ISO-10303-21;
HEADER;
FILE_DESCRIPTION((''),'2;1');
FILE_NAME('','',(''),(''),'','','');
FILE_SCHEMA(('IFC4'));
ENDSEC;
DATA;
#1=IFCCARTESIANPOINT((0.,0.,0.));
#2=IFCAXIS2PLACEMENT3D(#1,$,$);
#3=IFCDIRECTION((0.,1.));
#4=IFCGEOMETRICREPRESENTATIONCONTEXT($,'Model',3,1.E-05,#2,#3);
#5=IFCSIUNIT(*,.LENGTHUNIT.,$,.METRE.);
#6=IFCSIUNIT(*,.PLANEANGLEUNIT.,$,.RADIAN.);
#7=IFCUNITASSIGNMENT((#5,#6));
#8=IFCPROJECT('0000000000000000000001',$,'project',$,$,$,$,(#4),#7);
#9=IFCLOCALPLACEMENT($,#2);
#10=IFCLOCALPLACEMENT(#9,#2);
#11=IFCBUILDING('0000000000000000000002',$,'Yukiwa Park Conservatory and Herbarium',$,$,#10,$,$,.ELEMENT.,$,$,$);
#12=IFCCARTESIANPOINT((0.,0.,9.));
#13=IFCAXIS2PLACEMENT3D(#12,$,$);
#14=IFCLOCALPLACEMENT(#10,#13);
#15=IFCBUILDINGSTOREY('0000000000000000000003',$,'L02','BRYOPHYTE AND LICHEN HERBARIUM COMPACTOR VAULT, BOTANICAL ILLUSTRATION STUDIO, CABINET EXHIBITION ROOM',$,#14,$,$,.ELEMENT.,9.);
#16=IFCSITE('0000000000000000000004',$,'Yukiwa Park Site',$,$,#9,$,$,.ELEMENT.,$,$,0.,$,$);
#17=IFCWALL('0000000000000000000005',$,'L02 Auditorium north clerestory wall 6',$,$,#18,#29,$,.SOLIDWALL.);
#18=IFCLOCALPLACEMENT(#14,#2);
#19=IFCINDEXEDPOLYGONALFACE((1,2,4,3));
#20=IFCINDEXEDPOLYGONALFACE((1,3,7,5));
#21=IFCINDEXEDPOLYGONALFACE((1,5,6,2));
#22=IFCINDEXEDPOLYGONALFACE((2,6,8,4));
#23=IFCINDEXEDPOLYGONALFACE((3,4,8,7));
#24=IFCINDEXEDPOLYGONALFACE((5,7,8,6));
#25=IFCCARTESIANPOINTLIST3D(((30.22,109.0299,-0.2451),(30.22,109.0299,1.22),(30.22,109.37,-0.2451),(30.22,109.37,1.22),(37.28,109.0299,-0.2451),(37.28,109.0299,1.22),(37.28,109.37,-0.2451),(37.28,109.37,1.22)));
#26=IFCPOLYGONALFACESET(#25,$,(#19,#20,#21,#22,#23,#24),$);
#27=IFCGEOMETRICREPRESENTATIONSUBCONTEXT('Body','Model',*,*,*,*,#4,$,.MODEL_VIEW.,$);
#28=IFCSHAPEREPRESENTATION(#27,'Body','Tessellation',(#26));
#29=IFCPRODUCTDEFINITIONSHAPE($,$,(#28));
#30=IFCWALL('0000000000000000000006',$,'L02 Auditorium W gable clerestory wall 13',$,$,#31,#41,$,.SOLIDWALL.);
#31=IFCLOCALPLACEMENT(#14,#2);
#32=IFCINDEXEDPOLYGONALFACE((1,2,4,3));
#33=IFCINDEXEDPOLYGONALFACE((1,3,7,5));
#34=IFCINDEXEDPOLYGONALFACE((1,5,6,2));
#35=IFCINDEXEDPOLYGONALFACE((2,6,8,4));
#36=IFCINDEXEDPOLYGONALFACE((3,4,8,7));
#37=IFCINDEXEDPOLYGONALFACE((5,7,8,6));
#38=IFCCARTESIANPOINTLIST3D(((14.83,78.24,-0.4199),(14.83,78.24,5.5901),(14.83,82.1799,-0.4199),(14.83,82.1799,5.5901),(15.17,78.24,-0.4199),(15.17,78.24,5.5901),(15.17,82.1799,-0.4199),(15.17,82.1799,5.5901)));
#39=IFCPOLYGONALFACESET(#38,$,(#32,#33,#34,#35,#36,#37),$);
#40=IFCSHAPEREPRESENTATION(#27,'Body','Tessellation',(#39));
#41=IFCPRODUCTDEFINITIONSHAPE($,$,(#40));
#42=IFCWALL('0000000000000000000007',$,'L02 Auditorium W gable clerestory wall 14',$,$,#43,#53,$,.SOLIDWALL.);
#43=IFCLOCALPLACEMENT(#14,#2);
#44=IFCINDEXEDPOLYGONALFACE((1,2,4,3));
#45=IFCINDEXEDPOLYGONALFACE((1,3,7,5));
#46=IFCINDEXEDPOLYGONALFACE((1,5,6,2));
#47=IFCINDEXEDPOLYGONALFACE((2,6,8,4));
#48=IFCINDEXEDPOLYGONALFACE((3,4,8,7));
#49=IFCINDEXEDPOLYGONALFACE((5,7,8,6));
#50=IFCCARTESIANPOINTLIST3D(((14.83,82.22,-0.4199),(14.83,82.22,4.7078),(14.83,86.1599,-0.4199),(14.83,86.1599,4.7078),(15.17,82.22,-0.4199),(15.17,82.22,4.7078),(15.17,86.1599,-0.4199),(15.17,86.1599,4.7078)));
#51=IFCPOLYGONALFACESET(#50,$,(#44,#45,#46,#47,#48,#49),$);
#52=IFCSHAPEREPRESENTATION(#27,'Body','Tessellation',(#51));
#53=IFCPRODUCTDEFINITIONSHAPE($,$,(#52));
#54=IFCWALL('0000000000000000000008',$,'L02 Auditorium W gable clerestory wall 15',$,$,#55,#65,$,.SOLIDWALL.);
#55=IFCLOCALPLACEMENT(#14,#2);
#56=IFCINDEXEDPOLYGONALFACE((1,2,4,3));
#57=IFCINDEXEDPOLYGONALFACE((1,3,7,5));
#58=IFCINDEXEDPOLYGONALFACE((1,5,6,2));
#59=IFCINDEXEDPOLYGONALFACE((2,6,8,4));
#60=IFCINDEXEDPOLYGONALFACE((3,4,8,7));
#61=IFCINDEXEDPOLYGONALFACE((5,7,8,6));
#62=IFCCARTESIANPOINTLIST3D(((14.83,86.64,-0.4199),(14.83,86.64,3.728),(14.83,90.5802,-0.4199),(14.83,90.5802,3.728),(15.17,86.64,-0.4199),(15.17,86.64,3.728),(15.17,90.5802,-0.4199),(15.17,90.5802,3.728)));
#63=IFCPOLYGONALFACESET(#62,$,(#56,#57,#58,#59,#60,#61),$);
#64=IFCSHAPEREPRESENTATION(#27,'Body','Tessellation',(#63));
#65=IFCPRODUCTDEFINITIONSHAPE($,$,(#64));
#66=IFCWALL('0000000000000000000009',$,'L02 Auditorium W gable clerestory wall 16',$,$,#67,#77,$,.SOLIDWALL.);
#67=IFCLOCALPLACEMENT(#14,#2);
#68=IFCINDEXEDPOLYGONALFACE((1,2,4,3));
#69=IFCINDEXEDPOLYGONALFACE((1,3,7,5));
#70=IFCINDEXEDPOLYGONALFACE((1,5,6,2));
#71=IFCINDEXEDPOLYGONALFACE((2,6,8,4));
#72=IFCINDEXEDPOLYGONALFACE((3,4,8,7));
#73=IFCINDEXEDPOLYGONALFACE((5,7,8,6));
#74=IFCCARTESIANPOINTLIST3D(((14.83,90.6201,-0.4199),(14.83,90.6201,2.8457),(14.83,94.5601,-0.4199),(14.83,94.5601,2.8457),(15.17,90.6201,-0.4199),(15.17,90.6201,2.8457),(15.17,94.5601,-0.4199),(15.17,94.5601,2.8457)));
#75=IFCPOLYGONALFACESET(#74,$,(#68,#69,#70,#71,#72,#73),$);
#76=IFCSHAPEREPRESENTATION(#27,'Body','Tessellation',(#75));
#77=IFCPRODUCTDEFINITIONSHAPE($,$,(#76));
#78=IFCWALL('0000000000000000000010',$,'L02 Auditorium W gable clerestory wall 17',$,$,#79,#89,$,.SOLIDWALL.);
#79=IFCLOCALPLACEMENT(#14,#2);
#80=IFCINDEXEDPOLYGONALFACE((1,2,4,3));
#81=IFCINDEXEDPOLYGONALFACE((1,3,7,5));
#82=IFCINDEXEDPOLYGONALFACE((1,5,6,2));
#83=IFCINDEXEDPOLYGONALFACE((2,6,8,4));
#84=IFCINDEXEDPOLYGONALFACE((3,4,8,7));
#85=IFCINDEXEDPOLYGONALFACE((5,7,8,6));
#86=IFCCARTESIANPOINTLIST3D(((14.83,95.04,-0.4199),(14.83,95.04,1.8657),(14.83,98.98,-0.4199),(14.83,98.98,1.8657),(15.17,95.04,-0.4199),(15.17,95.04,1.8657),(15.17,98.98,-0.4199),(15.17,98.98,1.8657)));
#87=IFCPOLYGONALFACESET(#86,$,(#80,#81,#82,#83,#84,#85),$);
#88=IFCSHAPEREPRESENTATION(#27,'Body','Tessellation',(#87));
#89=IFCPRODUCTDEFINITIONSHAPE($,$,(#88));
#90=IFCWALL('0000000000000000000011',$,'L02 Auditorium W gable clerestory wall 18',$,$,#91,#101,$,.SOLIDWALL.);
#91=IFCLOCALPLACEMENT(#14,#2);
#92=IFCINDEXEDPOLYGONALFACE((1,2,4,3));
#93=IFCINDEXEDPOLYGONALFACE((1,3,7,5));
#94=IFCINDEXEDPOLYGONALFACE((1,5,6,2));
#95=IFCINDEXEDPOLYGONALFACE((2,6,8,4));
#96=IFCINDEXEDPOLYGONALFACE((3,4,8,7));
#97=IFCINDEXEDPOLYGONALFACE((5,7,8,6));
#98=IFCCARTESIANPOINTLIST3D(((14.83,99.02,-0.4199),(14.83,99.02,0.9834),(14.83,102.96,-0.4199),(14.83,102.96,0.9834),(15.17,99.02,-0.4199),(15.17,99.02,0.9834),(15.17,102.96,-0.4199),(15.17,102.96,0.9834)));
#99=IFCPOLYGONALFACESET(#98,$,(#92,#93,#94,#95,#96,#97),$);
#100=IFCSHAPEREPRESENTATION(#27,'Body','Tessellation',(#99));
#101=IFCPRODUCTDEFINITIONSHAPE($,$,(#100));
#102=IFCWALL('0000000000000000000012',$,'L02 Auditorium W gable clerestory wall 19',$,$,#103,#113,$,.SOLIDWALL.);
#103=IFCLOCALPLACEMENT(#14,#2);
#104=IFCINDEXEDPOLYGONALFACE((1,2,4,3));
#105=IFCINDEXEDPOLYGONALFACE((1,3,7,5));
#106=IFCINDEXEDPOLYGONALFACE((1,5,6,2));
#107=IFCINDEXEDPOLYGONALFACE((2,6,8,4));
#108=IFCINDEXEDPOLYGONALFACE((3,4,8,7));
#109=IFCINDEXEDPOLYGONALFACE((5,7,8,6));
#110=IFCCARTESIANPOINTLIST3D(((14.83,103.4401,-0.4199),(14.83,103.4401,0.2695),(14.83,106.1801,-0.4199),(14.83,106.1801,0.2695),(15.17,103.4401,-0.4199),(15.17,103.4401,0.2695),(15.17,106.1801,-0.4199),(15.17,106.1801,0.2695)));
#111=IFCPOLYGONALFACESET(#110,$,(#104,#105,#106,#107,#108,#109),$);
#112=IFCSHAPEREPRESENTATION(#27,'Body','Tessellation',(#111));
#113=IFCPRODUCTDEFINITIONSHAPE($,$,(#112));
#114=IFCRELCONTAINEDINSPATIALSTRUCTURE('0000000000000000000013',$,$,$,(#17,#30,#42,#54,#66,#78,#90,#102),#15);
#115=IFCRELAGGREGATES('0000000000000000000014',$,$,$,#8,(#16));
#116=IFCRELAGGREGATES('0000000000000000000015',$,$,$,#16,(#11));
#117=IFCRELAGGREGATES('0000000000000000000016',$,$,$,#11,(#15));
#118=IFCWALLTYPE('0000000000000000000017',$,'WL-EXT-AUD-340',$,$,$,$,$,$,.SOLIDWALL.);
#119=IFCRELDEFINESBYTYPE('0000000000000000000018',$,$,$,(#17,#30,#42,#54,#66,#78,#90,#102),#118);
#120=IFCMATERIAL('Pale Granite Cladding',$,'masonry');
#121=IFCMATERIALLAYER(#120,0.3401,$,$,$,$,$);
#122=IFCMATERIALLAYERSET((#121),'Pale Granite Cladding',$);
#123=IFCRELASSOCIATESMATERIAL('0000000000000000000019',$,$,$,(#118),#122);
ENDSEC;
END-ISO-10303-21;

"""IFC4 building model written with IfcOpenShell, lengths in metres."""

from ifc_helpers import new_model, si_unit, direction, frame, frame_2d, origin, place, context, subcontext, project, spatial, rectangle, extrude, material, layer, layer_set, type_object, element, save


model = new_model("IFC4")

# Units and contexts
model_context = context("Model", 3, precision=1e-05, world=origin(), true_north=direction((0.0, 1.0)))
body_context = subcontext(model_context, "Body", "Model", "MODEL_VIEW")
ifc_project = project(units=[si_unit("LENGTHUNIT", "METRE"), si_unit("PLANEANGLEUNIT", "RADIAN")], contexts=[model_context])

# Site, building, storey
site_placement = place(None, origin())
site = spatial("IfcSite", under=ifc_project, at=site_placement, Name="Yukiwa Park Site", CompositionType="ELEMENT", RefElevation=0.0)
building_placement = place(site_placement, origin())
building = spatial("IfcBuilding", under=site, at=building_placement, Name="Yukiwa Park Conservatory and Herbarium", CompositionType="ELEMENT")
storey_placement = place(building_placement, frame((0.0, 0.0, 9.0)))
storey = spatial("IfcBuildingStorey", under=building, at=storey_placement, Name="L02", Description="BRYOPHYTE AND LICHEN HERBARIUM COMPACTOR VAULT, BOTANICAL ILLUSTRATION STUDIO, CABINET EXHIBITION ROOM", CompositionType="ELEMENT", Elevation=9.0)

# Walls
ifc_material_1 = material(Name="Pale Granite Cladding", Category="masonry")
ifc_layer = layer(ifc_material_1, 0.3401)
ifc_layer_set = layer_set([ifc_layer], Name="Pale Granite Cladding")
wall_type = type_object("IfcWallType", Name="WL-EXT-AUD-340", PredefinedType="SOLIDWALL", material=ifc_layer_set)
wall_1_placement = place(storey_placement, frame((37.28, 109.2, -0.2451), z_axis=(0.0, 0.0, 1.0), x_axis=(-1.0, 0.0, 0.0)))
element("IfcWall", 1, at=wall_1_placement, inside=storey, type_object=wall_type, Name="L02 Auditorium north clerestory wall 6", PredefinedType="SOLIDWALL", context=body_context, shape_type="SweptSolid", body=[
    extrude(rectangle(XDim=7.0601, YDim=0.3401, at=frame_2d((3.53, 0.0))), origin(), (0.0, 0.0, 1.0), 1.4651),
])
wall_2_placement = place(storey_placement, frame((15.0, 78.24, -0.4199), z_axis=(0.0, 0.0, 1.0), x_axis=(0.0, 1.0, 0.0)))
element("IfcWall", 2, at=wall_2_placement, inside=storey, type_object=wall_type, Name="L02 Auditorium W gable clerestory wall 13", PredefinedType="SOLIDWALL", context=body_context, shape_type="SweptSolid", body=[
    extrude(rectangle(XDim=3.9399, YDim=0.3401, at=frame_2d((1.97, 0.0))), origin(), (0.0, 0.0, 1.0), 6.01),
])
wall_3_placement = place(storey_placement, frame((15.0, 82.22, -0.4199), z_axis=(0.0, 0.0, 1.0), x_axis=(0.0, 1.0, 0.0)))
element("IfcWall", 3, at=wall_3_placement, inside=storey, type_object=wall_type, Name="L02 Auditorium W gable clerestory wall 14", PredefinedType="SOLIDWALL", context=body_context, shape_type="SweptSolid", body=[
    extrude(rectangle(XDim=3.9399, YDim=0.3401, at=frame_2d((1.97, 0.0))), origin(), (0.0, 0.0, 1.0), 5.1277),
])
wall_4_placement = place(storey_placement, frame((15.0, 86.6399, -0.4199), z_axis=(0.0, 0.0, 1.0), x_axis=(0.0, 1.0, 0.0)))
element("IfcWall", 4, at=wall_4_placement, inside=storey, type_object=wall_type, Name="L02 Auditorium W gable clerestory wall 15", PredefinedType="SOLIDWALL", context=body_context, shape_type="SweptSolid", body=[
    extrude(rectangle(XDim=3.9402, YDim=0.3401, at=frame_2d((1.9702, 0.0))), origin(), (0.0, 0.0, 1.0), 4.1479),
])
wall_5_placement = place(storey_placement, frame((15.0, 90.6201, -0.4199), z_axis=(0.0, 0.0, 1.0), x_axis=(0.0, 1.0, 0.0)))
element("IfcWall", 5, at=wall_5_placement, inside=storey, type_object=wall_type, Name="L02 Auditorium W gable clerestory wall 16", PredefinedType="SOLIDWALL", context=body_context, shape_type="SweptSolid", body=[
    extrude(rectangle(XDim=3.9399, YDim=0.3401, at=frame_2d((1.97, 0.0))), origin(), (0.0, 0.0, 1.0), 3.2656),
])
wall_6_placement = place(storey_placement, frame((15.0, 95.04, -0.4199), z_axis=(0.0, 0.0, 1.0), x_axis=(0.0, 1.0, 0.0)))
element("IfcWall", 6, at=wall_6_placement, inside=storey, type_object=wall_type, Name="L02 Auditorium W gable clerestory wall 17", PredefinedType="SOLIDWALL", context=body_context, shape_type="SweptSolid", body=[
    extrude(rectangle(XDim=3.9399, YDim=0.3401, at=frame_2d((1.97, 0.0))), origin(), (0.0, 0.0, 1.0), 2.2856),
])
wall_7_placement = place(storey_placement, frame((15.0, 99.02, -0.4199), z_axis=(0.0, 0.0, 1.0), x_axis=(0.0, 1.0, 0.0)))
element("IfcWall", 7, at=wall_7_placement, inside=storey, type_object=wall_type, Name="L02 Auditorium W gable clerestory wall 18", PredefinedType="SOLIDWALL", context=body_context, shape_type="SweptSolid", body=[
    extrude(rectangle(XDim=3.9399, YDim=0.3401, at=frame_2d((1.97, 0.0))), origin(), (0.0, 0.0, 1.0), 1.4033),
])
wall_8_placement = place(storey_placement, frame((15.0, 103.4399, -0.4199), z_axis=(0.0, 0.0, 1.0), x_axis=(0.0, 1.0, 0.0)))
element("IfcWall", 8, at=wall_8_placement, inside=storey, type_object=wall_type, Name="L02 Auditorium W gable clerestory wall 19", PredefinedType="SOLIDWALL", context=body_context, shape_type="SweptSolid", body=[
    extrude(rectangle(XDim=2.74, YDim=0.3401, at=frame_2d((1.3701, 0.0))), origin(), (0.0, 0.0, 1.0), 0.6895),
])

save(model, "model.ifc")
